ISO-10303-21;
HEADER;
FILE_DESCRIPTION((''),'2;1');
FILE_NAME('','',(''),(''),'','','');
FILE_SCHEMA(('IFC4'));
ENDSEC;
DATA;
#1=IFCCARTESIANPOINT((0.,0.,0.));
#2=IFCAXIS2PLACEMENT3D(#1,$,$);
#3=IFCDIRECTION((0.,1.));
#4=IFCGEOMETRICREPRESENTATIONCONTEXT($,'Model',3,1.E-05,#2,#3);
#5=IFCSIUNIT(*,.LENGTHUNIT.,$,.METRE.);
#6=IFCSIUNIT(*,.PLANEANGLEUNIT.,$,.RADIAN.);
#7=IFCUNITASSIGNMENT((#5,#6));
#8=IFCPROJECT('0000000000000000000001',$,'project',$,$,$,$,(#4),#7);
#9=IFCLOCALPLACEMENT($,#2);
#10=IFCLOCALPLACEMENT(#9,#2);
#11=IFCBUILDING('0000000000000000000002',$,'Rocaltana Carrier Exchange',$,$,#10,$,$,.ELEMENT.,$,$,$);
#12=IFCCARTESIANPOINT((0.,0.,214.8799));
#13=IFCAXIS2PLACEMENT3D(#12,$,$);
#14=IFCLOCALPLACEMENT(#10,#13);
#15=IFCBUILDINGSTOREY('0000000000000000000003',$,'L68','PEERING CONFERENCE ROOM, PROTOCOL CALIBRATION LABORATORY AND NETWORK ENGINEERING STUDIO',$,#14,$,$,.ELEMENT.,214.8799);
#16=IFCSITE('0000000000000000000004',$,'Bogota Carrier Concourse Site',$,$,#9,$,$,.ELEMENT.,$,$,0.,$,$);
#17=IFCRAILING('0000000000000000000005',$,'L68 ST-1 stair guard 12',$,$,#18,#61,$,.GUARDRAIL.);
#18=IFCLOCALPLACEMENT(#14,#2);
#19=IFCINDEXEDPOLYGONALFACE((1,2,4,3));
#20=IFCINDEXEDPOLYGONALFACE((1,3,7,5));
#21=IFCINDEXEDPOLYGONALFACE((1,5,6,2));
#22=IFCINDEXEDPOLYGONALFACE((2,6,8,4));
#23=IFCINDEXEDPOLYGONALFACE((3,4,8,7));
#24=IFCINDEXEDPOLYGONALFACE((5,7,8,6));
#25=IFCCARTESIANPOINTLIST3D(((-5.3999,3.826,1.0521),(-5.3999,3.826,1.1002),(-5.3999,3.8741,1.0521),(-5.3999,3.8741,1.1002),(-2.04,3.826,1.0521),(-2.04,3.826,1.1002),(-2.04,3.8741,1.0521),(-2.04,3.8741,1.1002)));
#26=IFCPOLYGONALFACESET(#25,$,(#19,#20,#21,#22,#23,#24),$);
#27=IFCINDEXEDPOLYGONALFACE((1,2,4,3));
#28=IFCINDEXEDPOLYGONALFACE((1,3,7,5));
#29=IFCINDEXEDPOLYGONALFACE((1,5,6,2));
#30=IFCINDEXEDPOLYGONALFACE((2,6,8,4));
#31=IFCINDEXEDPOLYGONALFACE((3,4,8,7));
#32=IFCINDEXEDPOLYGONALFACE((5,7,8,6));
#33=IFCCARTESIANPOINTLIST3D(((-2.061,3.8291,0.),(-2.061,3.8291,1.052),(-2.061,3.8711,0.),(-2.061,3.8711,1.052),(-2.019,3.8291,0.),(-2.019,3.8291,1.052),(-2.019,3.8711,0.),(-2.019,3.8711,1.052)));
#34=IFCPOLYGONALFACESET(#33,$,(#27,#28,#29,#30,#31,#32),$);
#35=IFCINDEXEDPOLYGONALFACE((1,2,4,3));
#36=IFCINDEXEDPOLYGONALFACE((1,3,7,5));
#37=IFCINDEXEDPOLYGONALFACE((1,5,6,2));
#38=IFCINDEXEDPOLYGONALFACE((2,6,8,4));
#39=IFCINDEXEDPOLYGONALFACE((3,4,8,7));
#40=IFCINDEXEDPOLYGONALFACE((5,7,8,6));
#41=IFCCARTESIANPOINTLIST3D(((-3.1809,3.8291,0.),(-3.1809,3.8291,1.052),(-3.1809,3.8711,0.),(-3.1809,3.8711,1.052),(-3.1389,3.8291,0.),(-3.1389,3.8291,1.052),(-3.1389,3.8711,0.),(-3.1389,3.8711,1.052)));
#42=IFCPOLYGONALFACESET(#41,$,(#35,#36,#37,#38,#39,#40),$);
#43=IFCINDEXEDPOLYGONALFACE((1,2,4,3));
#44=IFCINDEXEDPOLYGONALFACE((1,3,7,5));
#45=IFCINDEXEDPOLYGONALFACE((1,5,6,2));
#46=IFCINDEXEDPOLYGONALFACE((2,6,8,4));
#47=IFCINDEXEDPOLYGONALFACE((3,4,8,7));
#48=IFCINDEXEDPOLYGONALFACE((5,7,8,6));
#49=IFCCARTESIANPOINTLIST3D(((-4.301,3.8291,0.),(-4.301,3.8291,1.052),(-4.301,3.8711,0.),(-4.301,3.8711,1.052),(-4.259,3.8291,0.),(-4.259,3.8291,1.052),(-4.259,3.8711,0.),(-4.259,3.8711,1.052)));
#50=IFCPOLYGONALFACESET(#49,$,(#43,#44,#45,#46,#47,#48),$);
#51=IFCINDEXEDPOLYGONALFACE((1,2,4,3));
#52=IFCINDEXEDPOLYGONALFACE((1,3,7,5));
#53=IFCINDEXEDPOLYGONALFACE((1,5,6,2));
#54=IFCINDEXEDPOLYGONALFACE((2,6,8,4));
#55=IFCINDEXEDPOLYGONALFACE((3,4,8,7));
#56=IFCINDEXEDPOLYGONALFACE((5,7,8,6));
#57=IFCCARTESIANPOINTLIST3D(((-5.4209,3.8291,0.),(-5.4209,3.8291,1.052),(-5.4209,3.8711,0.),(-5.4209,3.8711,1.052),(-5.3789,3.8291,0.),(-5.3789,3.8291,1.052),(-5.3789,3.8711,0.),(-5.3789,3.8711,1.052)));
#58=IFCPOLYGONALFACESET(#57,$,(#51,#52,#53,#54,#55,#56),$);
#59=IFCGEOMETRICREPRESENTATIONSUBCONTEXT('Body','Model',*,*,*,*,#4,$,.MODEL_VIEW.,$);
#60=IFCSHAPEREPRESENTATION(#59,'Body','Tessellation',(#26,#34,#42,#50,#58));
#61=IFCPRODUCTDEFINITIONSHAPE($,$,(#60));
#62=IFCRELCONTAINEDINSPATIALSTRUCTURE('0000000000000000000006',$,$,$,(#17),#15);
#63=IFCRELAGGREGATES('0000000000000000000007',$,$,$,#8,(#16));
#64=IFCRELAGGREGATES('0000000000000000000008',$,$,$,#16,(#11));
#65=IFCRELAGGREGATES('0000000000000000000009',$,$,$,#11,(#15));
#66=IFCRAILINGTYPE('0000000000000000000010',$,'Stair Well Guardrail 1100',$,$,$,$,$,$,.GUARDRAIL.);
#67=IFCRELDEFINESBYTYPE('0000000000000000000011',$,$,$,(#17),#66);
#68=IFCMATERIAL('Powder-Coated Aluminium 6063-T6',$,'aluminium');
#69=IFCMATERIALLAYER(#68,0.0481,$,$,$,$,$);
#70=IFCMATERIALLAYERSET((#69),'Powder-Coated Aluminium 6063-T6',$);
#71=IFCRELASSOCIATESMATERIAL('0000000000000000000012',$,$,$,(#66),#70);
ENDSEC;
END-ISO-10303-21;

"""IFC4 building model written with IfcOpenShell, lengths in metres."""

from ifc_helpers import new_model, si_unit, direction, frame, origin, origin_2d, place, context, subcontext, project, spatial, rectangle, extrude, material, layer, layer_set, type_object, element, save


model = new_model("IFC4")

# Units and contexts
model_context = context("Model", 3, precision=1e-05, world=origin(), true_north=direction((0.0, 1.0)))
body_context = subcontext(model_context, "Body", "Model", "MODEL_VIEW")
ifc_project = project(units=[si_unit("LENGTHUNIT", "METRE"), si_unit("PLANEANGLEUNIT", "RADIAN")], contexts=[model_context])

# Site, building, storey
site_placement = place(None, origin())
site = spatial("IfcSite", under=ifc_project, at=site_placement, Name="Bogota Carrier Concourse Site", CompositionType="ELEMENT", RefElevation=0.0)
building_placement = place(site_placement, origin())
building = spatial("IfcBuilding", under=site, at=building_placement, Name="Rocaltana Carrier Exchange", CompositionType="ELEMENT")
storey_placement = place(building_placement, frame((0.0, 0.0, 214.8799)))
storey = spatial("IfcBuildingStorey", under=building, at=storey_placement, Name="L68", Description="PEERING CONFERENCE ROOM, PROTOCOL CALIBRATION LABORATORY AND NETWORK ENGINEERING STUDIO", CompositionType="ELEMENT", Elevation=214.8799)

# Railing
ifc_material_1 = material(Name="Powder-Coated Aluminium 6063-T6", Category="aluminium")
ifc_layer_1 = layer(ifc_material_1, 0.0481)
ifc_layer_set_1 = layer_set([ifc_layer_1], Name="Powder-Coated Aluminium 6063-T6")
railing_type = type_object("IfcRailingType", Name="Stair Well Guardrail 1100", PredefinedType="GUARDRAIL", material=ifc_layer_set_1)
railing_1_placement = place(storey_placement, frame((-2.04, 3.8501, 0.0)))
element("IfcRailing", 1, at=railing_1_placement, inside=storey, type_object=railing_type, Name="L68 ST-1 stair guard 12", PredefinedType="GUARDRAIL", context=body_context, shape_type="SweptSolid", body=[
    extrude(rectangle(XDim=0.0481, YDim=0.0481, at=origin_2d()), frame((0.0, 0.0, 1.0762), z_axis=(-1.0, 0.0, 0.0), x_axis=(0.0, -1.0, 0.0)), (0.0, 0.0, 1.0), 3.3599),
    extrude(rectangle(XDim=0.042, YDim=0.042, at=origin_2d()), origin(), (0.0, 0.0, 1.0), 1.052),
    extrude(rectangle(XDim=0.042, YDim=0.042, at=origin_2d()), frame((-1.1199, 0.0, 0.0)), (0.0, 0.0, 1.0), 1.052),
    extrude(rectangle(XDim=0.042, YDim=0.042, at=origin_2d()), frame((-2.24, 0.0, 0.0)), (0.0, 0.0, 1.0), 1.052),
    extrude(rectangle(XDim=0.042, YDim=0.042, at=origin_2d()), frame((-3.3599, 0.0, 0.0)), (0.0, 0.0, 1.0), 1.052),
])

save(model, "model.ifc")
